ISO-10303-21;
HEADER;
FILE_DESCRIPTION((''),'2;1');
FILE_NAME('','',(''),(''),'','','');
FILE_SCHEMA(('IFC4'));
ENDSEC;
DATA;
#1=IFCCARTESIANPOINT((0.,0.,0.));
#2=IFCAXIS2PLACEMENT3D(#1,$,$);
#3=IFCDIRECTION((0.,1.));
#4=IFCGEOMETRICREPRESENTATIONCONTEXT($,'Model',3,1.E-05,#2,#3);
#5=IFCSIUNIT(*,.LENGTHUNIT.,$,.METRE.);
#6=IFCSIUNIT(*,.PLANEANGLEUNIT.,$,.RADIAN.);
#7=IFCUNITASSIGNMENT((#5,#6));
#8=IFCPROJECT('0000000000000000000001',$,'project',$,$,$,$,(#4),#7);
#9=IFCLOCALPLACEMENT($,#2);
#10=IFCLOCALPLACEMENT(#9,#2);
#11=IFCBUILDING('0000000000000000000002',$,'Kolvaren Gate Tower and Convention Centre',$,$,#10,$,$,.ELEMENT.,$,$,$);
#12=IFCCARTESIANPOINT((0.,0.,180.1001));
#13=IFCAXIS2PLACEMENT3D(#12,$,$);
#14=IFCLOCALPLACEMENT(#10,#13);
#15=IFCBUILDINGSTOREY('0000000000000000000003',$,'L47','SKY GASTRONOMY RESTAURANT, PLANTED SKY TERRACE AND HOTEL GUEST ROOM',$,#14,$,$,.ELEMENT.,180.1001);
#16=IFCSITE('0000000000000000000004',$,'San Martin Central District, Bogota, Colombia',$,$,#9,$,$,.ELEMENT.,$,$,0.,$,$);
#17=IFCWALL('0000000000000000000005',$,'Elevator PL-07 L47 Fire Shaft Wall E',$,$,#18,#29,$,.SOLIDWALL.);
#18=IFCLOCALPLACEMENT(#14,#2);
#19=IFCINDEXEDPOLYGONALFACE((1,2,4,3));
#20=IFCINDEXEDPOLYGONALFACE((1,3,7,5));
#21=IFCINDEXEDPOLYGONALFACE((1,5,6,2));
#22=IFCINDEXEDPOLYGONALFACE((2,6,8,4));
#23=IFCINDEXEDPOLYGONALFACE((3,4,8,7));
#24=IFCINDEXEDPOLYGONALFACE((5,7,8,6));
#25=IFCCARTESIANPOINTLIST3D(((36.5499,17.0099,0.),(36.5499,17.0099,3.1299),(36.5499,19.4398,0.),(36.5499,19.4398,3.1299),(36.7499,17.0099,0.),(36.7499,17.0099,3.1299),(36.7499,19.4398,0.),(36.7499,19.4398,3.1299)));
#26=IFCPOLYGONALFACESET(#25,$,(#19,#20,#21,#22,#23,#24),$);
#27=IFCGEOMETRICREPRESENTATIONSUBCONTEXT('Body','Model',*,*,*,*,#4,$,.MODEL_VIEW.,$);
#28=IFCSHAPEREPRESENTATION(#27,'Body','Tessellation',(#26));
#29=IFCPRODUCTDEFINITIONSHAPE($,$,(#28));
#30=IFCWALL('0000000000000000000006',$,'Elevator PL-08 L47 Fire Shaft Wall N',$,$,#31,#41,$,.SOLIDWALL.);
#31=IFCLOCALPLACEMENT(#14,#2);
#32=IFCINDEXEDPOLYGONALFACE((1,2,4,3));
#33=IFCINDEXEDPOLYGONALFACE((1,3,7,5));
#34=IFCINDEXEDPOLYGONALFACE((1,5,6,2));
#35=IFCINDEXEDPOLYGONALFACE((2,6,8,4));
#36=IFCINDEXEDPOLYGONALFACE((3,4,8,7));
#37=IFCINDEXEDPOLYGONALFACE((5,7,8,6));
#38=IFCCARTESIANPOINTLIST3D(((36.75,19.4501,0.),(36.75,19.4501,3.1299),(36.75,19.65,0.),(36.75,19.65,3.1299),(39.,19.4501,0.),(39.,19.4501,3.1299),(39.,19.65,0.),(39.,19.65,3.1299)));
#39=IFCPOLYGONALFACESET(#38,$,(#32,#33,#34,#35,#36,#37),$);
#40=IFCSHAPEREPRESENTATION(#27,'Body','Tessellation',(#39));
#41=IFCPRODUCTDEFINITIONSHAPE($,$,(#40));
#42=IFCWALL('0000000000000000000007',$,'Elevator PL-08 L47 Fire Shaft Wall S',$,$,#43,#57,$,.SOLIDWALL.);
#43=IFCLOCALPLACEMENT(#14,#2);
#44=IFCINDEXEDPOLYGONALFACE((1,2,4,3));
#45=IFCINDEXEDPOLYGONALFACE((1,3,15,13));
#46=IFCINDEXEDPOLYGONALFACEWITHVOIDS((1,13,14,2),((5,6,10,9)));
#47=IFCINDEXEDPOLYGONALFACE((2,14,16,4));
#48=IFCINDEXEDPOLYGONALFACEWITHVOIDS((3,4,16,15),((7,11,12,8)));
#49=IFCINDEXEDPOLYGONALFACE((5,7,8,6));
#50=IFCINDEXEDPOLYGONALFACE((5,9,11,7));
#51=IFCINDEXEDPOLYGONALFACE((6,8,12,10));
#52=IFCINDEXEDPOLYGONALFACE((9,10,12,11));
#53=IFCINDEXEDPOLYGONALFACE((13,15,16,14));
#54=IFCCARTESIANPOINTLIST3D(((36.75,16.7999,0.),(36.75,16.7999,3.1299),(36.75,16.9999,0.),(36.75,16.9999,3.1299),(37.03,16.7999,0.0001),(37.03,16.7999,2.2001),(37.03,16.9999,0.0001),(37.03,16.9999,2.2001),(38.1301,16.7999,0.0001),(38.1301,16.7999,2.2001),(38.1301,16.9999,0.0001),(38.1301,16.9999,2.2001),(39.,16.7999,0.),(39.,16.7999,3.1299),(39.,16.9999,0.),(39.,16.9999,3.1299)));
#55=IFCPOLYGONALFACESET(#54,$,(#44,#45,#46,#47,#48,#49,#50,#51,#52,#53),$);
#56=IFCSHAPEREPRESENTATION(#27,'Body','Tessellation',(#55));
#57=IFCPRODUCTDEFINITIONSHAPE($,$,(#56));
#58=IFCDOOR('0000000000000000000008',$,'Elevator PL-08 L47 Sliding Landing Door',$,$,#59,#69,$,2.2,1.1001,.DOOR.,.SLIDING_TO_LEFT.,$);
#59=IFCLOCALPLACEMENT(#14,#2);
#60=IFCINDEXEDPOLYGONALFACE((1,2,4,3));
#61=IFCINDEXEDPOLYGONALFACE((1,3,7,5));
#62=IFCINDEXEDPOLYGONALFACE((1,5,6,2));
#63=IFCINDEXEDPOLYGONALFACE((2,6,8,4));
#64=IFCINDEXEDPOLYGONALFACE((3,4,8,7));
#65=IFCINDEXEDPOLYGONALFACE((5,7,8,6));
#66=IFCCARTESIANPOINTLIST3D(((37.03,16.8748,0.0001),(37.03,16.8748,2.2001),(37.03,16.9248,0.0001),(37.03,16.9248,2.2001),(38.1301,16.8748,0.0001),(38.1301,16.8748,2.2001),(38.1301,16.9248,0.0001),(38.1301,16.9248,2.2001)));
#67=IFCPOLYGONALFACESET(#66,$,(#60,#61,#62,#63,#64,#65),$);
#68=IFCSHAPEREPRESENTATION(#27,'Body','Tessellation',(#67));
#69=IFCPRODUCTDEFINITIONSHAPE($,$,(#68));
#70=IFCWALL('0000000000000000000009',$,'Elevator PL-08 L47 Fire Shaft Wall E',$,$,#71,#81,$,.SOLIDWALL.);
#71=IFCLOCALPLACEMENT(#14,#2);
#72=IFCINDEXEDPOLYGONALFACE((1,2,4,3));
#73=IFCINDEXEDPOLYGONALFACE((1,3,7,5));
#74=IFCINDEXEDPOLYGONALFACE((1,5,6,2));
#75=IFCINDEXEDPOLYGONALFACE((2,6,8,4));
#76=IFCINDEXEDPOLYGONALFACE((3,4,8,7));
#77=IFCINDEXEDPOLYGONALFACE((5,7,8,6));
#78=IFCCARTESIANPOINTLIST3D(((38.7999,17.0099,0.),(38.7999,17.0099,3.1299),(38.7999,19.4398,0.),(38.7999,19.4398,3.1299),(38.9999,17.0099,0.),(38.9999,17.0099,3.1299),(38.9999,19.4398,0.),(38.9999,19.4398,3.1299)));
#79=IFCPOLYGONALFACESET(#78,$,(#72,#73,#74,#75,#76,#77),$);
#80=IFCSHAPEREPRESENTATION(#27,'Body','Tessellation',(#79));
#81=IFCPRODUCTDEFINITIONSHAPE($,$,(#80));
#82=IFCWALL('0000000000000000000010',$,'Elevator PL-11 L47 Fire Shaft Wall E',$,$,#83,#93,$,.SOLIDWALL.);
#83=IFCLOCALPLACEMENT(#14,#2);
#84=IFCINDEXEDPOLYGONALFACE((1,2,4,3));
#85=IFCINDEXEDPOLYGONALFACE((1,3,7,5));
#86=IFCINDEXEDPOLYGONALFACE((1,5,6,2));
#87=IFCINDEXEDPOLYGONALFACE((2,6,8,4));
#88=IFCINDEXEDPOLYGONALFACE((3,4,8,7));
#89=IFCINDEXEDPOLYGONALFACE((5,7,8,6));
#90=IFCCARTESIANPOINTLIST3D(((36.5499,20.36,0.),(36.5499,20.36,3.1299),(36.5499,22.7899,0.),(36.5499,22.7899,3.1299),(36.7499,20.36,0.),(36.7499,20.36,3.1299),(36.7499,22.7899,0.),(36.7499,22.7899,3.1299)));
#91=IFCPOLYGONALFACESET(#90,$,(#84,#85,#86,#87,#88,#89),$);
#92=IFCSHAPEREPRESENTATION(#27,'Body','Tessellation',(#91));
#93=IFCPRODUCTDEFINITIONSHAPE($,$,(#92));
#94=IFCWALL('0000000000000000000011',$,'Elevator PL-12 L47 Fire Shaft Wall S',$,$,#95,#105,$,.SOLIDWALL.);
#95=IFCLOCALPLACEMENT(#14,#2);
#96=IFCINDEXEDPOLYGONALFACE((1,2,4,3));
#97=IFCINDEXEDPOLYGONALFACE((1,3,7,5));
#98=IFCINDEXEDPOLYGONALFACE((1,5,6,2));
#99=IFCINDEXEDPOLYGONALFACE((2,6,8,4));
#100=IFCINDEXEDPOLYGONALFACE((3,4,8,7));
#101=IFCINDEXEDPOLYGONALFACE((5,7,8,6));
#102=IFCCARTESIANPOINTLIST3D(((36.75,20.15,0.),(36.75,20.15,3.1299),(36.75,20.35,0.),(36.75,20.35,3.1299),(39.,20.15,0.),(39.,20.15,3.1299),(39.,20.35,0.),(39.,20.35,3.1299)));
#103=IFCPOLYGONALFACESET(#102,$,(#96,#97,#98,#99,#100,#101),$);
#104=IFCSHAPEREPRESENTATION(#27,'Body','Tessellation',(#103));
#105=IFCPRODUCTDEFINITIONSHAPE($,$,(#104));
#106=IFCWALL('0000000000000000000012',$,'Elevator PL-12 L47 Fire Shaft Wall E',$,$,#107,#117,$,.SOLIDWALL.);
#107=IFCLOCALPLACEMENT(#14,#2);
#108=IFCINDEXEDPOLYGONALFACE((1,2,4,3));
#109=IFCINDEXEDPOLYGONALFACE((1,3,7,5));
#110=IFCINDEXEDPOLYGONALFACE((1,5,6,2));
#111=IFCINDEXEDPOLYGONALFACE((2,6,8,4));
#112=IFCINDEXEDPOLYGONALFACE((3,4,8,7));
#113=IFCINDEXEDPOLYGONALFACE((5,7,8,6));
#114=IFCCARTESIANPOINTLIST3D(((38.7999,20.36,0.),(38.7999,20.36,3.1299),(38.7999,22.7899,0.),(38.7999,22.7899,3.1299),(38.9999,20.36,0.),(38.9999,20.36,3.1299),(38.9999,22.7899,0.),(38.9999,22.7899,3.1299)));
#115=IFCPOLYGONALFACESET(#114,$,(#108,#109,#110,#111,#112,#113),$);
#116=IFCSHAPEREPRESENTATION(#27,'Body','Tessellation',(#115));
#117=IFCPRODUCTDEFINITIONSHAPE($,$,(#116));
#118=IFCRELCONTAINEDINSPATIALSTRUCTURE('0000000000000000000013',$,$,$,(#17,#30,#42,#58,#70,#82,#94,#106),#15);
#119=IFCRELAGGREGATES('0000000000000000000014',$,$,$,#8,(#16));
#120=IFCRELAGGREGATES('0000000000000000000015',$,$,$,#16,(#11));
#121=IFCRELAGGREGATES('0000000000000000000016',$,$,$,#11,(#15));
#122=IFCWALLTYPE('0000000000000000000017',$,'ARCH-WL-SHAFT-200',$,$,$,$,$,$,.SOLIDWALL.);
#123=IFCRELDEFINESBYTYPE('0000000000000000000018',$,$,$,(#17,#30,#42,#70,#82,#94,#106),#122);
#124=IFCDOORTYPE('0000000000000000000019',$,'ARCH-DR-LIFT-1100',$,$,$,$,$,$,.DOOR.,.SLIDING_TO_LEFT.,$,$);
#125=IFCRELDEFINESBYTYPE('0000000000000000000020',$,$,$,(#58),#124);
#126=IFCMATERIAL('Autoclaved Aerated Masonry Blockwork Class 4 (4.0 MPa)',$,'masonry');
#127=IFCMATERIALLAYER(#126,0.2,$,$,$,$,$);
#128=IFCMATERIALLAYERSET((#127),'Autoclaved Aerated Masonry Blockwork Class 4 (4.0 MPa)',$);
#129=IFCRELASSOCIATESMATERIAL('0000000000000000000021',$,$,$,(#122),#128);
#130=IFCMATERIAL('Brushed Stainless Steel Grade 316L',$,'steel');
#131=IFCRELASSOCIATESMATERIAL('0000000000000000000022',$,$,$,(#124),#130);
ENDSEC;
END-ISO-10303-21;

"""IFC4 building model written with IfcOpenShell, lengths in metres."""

from ifc_helpers import new_model, si_unit, direction, frame, frame_2d, origin, place, context, subcontext, project, spatial, rectangle, extrude, material, layer, layer_set, type_object, element, fill, save


model = new_model("IFC4")

# Units and contexts
model_context = context("Model", 3, precision=1e-05, world=origin(), true_north=direction((0.0, 1.0)))
body_context = subcontext(model_context, "Body", "Model", "MODEL_VIEW")
ifc_project = project(units=[si_unit("LENGTHUNIT", "METRE"), si_unit("PLANEANGLEUNIT", "RADIAN")], contexts=[model_context])

# Site, building, storey
site_placement = place(None, origin())
site = spatial("IfcSite", under=ifc_project, at=site_placement, Name="San Martin Central District, Bogota, Colombia", CompositionType="ELEMENT", RefElevation=0.0)
building_placement = place(site_placement, origin())
building = spatial("IfcBuilding", under=site, at=building_placement, Name="Kolvaren Gate Tower and Convention Centre", CompositionType="ELEMENT")
storey_placement = place(building_placement, frame((0.0, 0.0, 180.1001)))
storey = spatial("IfcBuildingStorey", under=building, at=storey_placement, Name="L47", Description="SKY GASTRONOMY RESTAURANT, PLANTED SKY TERRACE AND HOTEL GUEST ROOM", CompositionType="ELEMENT", Elevation=180.1001)

# Walls
ifc_material_1 = material(Name="Autoclaved Aerated Masonry Blockwork Class 4 (4.0 MPa)", Category="masonry")
ifc_layer_1 = layer(ifc_material_1, 0.2)
ifc_layer_set_1 = layer_set([ifc_layer_1], Name="Autoclaved Aerated Masonry Blockwork Class 4 (4.0 MPa)")
wall_type_1 = type_object("IfcWallType", Name="ARCH-WL-SHAFT-200", PredefinedType="SOLIDWALL", material=ifc_layer_set_1)
wall_1_placement = place(storey_placement, frame((36.6499, 17.01, 0.0), z_axis=(0.0, 0.0, 1.0), x_axis=(0.0, 1.0, 0.0)))
element("IfcWall", 1, at=wall_1_placement, inside=storey, type_object=wall_type_1, Name="Elevator PL-07 L47 Fire Shaft Wall E", PredefinedType="SOLIDWALL", context=body_context, shape_type="SweptSolid", body=[
    extrude(rectangle(XDim=2.4299, YDim=0.2, at=frame_2d((1.2148, 0.0))), origin(), (0.0, 0.0, 1.0), 3.1299),
])
wall_2_placement = place(storey_placement, frame((36.75, 19.55, 0.0), z_axis=(0.0, 0.0, 1.0), x_axis=(1.0, 0.0, 0.0)))
element("IfcWall", 2, at=wall_2_placement, inside=storey, type_object=wall_type_1, Name="Elevator PL-08 L47 Fire Shaft Wall N", PredefinedType="SOLIDWALL", context=body_context, shape_type="SweptSolid", body=[
    extrude(rectangle(XDim=2.25, YDim=0.2, at=frame_2d((1.125, 0.0))), origin(), (0.0, 0.0, 1.0), 3.1299),
])

# Wall, opening, door
wall_3_placement = place(storey_placement, frame((36.75, 16.8999, 0.0), z_axis=(0.0, 0.0, 1.0), x_axis=(1.0, 0.0, 0.0)))
wall_3 = element("IfcWall", 3, at=wall_3_placement, inside=storey, type_object=wall_type_1, Name="Elevator PL-08 L47 Fire Shaft Wall S", PredefinedType="SOLIDWALL", context=body_context, shape_type="SweptSolid", body=[
    extrude(rectangle(XDim=2.25, YDim=0.2, at=frame_2d((1.125, 0.0))), origin(), (0.0, 0.0, 1.0), 3.1299),
])
opening_placement = place(wall_3_placement, frame((0.28, 0.0, 0.0)))
opening = element("IfcOpeningElement", 4, at=opening_placement, cuts=wall_3, PredefinedType="OPENING", context=body_context, shape_type="SweptSolid", body=[
    extrude(rectangle(XDim=1.1001, YDim=2.2, at=frame_2d((0.55, 1.1001))), frame((0.0, 0.1099, 0.0), z_axis=(0.0, -1.0, 0.0), x_axis=(1.0, 0.0, 0.0)), (0.0, 0.0, 1.0), 0.22),
])
ifc_material_2 = material(Name="Brushed Stainless Steel Grade 316L", Category="steel")
door_type = type_object("IfcDoorType", Name="ARCH-DR-LIFT-1100", OperationType="SLIDING_TO_LEFT", PredefinedType="DOOR", material=ifc_material_2)
door_placement = place(opening_placement, origin())
door = element("IfcDoor", 5, at=door_placement, inside=storey, type_object=door_type, Name="Elevator PL-08 L47 Sliding Landing Door", OperationType="SLIDING_TO_LEFT", OverallHeight=2.2, OverallWidth=1.1001, PredefinedType="DOOR", context=body_context, shape_type="SweptSolid", body=[
    extrude(rectangle(XDim=1.1001, YDim=2.2, at=frame_2d((0.55, 1.1001))), frame((0.0, 0.0249, 0.0), z_axis=(0.0, -1.0, 0.0), x_axis=(1.0, 0.0, 0.0)), (0.0, 0.0, 1.0), 0.05),
])
fill(opening, door)

# Walls
for number, where, z_axis, x_axis, name in (
    (6, (38.8999, 17.01, 0.0), (0.0, 0.0, 1.0), (0.0, 1.0, 0.0), "Elevator PL-08 L47 Fire Shaft Wall E"),
    (7, (36.6499, 20.3601, 0.0), (0.0, 0.0, 1.0), (0.0, 1.0, 0.0), "Elevator PL-11 L47 Fire Shaft Wall E"),
):
    element("IfcWall", number, at=place(storey_placement, frame(where, z_axis=z_axis, x_axis=x_axis)), inside=storey, type_object=wall_type_1, Name=name, PredefinedType="SOLIDWALL", context=body_context, shape_type="SweptSolid", body=[
        extrude(rectangle(XDim=2.4299, YDim=0.2, at=frame_2d((1.2148, 0.0))), origin(), (0.0, 0.0, 1.0), 3.1299),
    ])
wall_4_placement = place(storey_placement, frame((36.75, 20.25, 0.0), z_axis=(0.0, 0.0, 1.0), x_axis=(1.0, 0.0, 0.0)))
element("IfcWall", 8, at=wall_4_placement, inside=storey, type_object=wall_type_1, Name="Elevator PL-12 L47 Fire Shaft Wall S", PredefinedType="SOLIDWALL", context=body_context, shape_type="SweptSolid", body=[
    extrude(rectangle(XDim=2.25, YDim=0.2, at=frame_2d((1.125, 0.0))), origin(), (0.0, 0.0, 1.0), 3.1299),
])
wall_5_placement = place(storey_placement, frame((38.8999, 20.3601, 0.0), z_axis=(0.0, 0.0, 1.0), x_axis=(0.0, 1.0, 0.0)))
element("IfcWall", 9, at=wall_5_placement, inside=storey, type_object=wall_type_1, Name="Elevator PL-12 L47 Fire Shaft Wall E", PredefinedType="SOLIDWALL", context=body_context, shape_type="SweptSolid", body=[
    extrude(rectangle(XDim=2.4299, YDim=0.2, at=frame_2d((1.2148, 0.0))), origin(), (0.0, 0.0, 1.0), 3.1299),
])

save(model, "model.ifc")
